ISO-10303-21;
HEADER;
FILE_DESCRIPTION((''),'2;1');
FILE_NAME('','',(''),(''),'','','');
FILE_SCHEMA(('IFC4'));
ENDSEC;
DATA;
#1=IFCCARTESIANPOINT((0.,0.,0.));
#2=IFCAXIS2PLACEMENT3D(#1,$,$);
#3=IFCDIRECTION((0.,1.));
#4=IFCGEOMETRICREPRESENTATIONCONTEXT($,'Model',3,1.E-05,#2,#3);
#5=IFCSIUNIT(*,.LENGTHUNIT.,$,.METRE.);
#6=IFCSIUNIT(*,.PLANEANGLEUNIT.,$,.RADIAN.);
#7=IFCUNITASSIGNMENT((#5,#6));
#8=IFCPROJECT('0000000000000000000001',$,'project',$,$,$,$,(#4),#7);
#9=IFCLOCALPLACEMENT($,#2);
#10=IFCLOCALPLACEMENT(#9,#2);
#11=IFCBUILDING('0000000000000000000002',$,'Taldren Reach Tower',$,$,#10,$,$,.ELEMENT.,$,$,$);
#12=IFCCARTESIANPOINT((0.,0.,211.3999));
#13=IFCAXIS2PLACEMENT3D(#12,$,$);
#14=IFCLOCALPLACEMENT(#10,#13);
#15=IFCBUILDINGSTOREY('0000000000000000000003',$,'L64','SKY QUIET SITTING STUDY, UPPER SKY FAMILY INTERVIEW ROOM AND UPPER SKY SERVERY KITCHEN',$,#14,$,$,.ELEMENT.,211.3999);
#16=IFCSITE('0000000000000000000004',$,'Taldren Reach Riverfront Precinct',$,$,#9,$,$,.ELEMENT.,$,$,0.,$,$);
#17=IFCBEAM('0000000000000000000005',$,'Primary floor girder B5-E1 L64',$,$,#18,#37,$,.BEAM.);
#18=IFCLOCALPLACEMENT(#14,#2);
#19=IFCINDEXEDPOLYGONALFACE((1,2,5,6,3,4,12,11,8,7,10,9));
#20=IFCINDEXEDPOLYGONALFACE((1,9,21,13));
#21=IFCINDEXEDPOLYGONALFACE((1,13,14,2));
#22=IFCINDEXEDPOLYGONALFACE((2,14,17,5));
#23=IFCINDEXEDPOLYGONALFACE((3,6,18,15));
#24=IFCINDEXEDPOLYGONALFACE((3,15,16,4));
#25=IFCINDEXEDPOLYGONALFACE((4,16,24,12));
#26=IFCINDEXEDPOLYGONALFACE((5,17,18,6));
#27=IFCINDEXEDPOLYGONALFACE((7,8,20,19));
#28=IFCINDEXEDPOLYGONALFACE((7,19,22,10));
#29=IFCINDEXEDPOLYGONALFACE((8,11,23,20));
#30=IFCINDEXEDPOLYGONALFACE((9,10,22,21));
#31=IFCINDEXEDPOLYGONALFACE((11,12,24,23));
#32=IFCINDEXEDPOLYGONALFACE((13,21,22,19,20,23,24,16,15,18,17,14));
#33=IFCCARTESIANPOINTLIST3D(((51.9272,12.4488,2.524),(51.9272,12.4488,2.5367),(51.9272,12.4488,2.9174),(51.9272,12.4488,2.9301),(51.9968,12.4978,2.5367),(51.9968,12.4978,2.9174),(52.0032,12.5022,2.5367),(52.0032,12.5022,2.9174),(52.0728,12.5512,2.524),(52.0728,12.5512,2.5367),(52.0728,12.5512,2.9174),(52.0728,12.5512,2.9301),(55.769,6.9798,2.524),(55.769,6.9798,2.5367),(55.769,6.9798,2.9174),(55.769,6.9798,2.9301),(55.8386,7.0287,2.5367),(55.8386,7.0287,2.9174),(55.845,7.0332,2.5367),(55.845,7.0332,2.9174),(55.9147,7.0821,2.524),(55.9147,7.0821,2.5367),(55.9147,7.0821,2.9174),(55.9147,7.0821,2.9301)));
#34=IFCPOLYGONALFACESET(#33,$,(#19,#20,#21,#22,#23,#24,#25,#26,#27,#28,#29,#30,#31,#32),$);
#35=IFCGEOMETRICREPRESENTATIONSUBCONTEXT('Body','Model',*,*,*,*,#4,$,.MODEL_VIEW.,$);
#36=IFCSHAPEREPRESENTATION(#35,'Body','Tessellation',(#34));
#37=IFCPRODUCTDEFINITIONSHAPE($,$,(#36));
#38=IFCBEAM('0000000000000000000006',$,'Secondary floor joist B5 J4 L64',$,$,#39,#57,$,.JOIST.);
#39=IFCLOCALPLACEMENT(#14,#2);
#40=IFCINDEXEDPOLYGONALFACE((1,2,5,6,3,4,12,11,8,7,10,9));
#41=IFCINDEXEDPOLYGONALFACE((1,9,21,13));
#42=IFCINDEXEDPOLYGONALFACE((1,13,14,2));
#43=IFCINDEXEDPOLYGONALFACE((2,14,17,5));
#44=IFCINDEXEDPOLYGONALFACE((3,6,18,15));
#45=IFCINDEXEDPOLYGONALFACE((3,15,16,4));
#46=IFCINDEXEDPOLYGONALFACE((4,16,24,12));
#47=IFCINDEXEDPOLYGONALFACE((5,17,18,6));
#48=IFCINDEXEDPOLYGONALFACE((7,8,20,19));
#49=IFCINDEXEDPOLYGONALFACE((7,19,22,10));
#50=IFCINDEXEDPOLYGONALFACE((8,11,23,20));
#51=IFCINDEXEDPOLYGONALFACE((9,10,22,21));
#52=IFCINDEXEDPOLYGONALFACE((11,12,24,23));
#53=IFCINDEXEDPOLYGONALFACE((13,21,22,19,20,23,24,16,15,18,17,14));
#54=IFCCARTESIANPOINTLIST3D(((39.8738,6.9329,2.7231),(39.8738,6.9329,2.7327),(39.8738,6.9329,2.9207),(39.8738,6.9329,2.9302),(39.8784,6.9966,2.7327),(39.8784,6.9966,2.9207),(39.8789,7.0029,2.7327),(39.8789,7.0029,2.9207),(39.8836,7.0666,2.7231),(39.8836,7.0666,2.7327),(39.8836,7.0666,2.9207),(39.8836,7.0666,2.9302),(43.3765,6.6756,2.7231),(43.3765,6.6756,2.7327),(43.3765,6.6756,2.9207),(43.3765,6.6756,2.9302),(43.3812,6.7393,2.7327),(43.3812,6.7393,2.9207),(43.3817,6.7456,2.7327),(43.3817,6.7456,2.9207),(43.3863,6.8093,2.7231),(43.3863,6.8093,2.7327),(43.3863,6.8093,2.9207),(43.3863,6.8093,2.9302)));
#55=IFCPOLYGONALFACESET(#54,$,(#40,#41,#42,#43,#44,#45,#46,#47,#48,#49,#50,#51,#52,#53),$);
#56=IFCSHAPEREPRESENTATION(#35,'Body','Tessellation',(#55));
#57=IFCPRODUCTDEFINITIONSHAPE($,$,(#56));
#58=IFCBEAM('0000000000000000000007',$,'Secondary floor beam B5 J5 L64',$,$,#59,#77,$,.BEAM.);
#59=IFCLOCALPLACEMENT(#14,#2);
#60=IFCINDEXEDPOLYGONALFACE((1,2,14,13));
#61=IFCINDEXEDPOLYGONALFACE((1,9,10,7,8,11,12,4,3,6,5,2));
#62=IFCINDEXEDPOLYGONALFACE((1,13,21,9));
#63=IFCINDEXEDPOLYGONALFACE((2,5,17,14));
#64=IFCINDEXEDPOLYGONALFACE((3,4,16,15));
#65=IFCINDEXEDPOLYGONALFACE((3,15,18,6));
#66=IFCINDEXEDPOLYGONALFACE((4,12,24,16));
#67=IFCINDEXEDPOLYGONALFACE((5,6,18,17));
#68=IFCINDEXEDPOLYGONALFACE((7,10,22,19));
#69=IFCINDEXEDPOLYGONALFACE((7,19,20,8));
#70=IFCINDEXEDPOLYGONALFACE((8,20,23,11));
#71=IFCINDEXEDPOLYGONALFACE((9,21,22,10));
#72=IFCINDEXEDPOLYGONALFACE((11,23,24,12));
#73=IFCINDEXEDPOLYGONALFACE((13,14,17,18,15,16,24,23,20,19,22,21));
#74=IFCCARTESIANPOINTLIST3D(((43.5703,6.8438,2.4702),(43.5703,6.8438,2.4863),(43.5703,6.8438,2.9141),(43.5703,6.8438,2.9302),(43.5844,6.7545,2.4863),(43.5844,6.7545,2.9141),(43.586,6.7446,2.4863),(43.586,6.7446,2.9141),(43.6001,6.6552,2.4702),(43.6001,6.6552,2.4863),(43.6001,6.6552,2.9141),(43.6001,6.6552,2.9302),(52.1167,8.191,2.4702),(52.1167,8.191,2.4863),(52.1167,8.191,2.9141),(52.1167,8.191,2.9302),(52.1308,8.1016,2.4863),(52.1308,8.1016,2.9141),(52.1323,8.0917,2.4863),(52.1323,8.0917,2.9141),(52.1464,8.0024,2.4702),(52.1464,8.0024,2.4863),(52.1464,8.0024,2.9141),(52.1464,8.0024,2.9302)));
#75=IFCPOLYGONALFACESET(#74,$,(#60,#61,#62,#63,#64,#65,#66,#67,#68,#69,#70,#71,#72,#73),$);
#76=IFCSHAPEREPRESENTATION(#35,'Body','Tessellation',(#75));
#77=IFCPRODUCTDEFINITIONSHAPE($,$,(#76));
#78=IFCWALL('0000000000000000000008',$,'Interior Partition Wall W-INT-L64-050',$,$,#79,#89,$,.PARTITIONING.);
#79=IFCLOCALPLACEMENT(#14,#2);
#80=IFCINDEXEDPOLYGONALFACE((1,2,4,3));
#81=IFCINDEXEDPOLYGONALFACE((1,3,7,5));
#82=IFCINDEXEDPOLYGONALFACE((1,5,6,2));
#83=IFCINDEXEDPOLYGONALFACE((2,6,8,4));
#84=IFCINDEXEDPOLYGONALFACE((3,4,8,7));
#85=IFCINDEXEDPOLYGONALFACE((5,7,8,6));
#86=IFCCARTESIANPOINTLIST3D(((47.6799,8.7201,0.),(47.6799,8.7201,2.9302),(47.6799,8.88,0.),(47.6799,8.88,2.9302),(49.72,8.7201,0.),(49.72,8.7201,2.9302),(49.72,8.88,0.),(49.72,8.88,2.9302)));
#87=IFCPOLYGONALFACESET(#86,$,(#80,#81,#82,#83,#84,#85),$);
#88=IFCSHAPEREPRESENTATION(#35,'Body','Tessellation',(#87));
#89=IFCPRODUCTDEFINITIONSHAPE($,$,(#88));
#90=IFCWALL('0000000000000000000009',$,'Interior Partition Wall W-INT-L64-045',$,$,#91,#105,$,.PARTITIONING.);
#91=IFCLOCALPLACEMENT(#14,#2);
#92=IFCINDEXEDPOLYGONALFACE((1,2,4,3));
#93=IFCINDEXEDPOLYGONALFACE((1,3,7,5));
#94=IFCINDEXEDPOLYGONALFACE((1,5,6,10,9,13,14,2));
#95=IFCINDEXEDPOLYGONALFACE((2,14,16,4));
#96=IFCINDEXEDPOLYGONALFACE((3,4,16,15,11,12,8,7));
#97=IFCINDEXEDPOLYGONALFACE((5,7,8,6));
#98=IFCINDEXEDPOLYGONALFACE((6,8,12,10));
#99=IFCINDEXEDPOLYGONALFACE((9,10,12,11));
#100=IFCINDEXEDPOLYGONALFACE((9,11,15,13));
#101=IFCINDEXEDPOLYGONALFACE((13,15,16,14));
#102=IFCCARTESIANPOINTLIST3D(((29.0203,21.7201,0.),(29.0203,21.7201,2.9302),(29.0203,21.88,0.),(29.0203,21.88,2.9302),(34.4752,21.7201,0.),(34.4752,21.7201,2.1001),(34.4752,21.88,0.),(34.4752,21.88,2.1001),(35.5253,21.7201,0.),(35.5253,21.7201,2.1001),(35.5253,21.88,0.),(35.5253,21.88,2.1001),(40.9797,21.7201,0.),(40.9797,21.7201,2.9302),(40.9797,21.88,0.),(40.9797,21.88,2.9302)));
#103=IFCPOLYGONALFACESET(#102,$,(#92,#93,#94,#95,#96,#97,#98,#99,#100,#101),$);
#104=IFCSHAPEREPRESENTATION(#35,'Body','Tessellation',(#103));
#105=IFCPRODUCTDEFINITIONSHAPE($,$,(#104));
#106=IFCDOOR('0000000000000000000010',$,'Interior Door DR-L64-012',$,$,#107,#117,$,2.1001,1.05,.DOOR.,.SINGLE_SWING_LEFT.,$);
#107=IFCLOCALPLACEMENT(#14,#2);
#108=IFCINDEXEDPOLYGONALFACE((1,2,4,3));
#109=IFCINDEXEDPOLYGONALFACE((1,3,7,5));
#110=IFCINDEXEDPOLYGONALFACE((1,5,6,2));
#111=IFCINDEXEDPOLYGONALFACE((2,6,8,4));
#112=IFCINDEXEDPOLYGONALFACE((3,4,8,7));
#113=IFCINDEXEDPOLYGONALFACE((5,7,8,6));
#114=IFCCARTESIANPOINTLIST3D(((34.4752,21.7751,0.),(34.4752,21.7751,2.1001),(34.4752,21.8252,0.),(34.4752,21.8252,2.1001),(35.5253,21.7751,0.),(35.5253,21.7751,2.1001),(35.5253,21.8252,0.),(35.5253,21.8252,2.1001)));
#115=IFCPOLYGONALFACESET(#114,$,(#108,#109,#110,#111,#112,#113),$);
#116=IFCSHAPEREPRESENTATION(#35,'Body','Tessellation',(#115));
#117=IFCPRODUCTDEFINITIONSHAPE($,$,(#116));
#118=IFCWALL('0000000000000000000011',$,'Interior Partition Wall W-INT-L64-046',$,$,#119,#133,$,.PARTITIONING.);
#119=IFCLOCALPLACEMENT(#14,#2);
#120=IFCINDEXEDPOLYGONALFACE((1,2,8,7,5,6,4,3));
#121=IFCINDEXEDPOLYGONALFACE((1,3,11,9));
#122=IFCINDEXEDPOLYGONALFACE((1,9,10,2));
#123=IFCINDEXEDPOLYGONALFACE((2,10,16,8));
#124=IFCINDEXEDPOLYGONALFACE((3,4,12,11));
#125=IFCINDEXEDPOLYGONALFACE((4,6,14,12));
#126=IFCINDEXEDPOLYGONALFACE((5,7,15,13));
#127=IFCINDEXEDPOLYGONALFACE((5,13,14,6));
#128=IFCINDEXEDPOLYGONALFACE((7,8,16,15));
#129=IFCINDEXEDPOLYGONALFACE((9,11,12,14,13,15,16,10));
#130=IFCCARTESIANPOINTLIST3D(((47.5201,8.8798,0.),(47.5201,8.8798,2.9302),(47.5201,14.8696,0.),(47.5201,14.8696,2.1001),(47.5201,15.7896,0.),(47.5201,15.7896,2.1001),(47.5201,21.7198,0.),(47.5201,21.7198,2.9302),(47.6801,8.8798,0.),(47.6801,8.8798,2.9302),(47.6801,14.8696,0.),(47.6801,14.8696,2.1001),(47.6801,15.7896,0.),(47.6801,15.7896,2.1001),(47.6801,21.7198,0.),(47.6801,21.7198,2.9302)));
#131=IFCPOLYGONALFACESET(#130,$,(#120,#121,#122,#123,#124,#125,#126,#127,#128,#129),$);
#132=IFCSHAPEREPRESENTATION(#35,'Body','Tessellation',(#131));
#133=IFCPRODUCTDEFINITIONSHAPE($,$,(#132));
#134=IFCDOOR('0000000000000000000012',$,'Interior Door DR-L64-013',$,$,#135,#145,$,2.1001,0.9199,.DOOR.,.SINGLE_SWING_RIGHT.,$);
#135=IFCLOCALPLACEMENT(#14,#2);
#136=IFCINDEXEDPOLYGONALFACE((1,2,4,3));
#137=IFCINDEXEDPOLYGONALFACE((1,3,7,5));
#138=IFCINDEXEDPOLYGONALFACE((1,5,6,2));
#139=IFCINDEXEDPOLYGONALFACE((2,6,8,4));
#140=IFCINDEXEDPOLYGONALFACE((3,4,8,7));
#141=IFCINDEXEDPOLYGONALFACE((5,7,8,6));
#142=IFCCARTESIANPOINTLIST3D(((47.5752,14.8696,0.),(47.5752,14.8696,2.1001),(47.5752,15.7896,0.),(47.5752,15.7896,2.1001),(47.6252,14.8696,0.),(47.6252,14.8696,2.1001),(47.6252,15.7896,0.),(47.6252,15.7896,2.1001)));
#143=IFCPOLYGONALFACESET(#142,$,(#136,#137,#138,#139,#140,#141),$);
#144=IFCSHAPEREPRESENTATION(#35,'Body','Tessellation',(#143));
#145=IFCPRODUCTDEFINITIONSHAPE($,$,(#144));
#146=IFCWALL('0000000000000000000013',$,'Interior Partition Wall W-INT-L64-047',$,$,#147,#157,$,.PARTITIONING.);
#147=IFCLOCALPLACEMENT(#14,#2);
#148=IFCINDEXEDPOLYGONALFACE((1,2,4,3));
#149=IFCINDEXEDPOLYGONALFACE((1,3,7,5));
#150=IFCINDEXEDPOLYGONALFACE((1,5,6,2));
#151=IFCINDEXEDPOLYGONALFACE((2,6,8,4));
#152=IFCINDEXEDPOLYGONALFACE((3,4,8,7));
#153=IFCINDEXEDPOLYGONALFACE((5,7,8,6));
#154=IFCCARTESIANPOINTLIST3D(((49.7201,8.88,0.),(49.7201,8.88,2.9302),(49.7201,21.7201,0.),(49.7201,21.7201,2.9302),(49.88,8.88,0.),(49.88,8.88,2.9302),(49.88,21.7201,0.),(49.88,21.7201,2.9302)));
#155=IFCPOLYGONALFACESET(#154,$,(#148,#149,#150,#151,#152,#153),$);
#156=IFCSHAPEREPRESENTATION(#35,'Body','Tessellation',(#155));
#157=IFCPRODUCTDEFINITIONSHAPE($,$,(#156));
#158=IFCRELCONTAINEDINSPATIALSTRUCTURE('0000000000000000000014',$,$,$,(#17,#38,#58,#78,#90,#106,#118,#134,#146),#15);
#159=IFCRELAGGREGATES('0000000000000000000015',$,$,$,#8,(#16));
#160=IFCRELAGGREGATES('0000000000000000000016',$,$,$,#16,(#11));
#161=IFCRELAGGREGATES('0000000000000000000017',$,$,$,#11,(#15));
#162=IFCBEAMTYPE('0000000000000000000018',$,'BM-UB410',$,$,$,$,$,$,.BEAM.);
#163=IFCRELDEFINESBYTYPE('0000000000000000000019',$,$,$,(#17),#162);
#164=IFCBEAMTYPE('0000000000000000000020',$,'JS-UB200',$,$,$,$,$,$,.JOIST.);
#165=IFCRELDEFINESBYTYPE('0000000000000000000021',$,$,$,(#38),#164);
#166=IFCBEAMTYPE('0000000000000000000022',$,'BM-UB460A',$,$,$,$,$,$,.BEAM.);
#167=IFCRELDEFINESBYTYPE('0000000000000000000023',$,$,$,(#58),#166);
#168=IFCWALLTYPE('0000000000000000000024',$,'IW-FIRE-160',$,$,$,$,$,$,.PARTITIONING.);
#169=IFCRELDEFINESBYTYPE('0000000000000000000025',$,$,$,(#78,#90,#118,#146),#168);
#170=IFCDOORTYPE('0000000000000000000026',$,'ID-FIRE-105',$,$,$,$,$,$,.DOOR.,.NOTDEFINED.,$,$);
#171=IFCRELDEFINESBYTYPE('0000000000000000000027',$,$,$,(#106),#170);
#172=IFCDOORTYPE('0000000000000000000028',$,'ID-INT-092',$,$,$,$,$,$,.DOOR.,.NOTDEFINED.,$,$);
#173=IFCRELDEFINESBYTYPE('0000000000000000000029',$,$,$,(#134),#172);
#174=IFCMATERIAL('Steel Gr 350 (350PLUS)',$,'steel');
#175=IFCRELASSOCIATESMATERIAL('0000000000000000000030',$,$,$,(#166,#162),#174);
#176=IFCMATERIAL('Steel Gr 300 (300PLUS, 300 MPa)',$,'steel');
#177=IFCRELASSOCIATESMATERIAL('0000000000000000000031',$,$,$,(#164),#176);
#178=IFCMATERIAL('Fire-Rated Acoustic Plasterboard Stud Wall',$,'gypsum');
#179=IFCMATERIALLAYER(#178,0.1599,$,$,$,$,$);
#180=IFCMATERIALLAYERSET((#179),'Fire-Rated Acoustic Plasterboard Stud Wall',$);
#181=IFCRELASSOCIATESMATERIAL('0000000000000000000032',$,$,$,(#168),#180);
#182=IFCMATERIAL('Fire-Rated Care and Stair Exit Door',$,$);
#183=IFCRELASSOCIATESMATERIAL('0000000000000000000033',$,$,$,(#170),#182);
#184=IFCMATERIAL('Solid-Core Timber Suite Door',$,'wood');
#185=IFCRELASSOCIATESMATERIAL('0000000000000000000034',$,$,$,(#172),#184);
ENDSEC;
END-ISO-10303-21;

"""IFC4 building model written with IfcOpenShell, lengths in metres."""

from ifc_helpers import new_model, si_unit, direction, frame, frame_2d, origin, origin_2d, place, context, subcontext, project, spatial, rectangle, i_section, extrude, source, transform, mapped, material, layer, layer_set, material_profile, profile_set, type_object, element, fill, save


model = new_model("IFC4")

# Units and contexts
model_context = context("Model", 3, precision=1e-05, world=origin(), true_north=direction((0.0, 1.0)))
body_context = subcontext(model_context, "Body", "Model", "MODEL_VIEW")
ifc_project = project(units=[si_unit("LENGTHUNIT", "METRE"), si_unit("PLANEANGLEUNIT", "RADIAN")], contexts=[model_context])

# Site, building, storey
site_placement = place(None, origin())
site = spatial("IfcSite", under=ifc_project, at=site_placement, Name="Taldren Reach Riverfront Precinct", CompositionType="ELEMENT", RefElevation=0.0)
building_placement = place(site_placement, origin())
building = spatial("IfcBuilding", under=site, at=building_placement, Name="Taldren Reach Tower", CompositionType="ELEMENT")
storey_placement = place(building_placement, frame((0.0, 0.0, 211.3999)))
storey = spatial("IfcBuildingStorey", under=building, at=storey_placement, Name="L64", Description="SKY QUIET SITTING STUDY, UPPER SKY FAMILY INTERVIEW ROOM AND UPPER SKY SERVERY KITCHEN", CompositionType="ELEMENT", Elevation=211.3999)

# Shared definitions
ifc_material_1 = material(Name="Steel Gr 350 (350PLUS)", Category="steel")

# Shared definitions
ifc_material_profile_1 = material_profile(ifc_material_1, i_section(OverallWidth=0.1909, OverallDepth=0.46, WebThickness=0.01, FlangeThickness=0.0161, at=origin_2d()), Name="460UB82.1")
ifc_profile_set_1 = profile_set([ifc_material_profile_1], Name="Steel Gr 350 (350PLUS)")
beam_type_1 = type_object("IfcBeamType", Name="BM-UB460A", PredefinedType="BEAM", material=ifc_profile_set_1)

# Beams
ifc_material_profile_2 = material_profile(ifc_material_1, i_section(OverallWidth=0.178, OverallDepth=0.406, WebThickness=0.0078, FlangeThickness=0.0127, at=origin_2d()), Name="410UB59.7")
ifc_profile_set_2 = profile_set([ifc_material_profile_2], Name="Steel Gr 350 (350PLUS)")
beam_type_2 = type_object("IfcBeamType", Name="BM-UB410", PredefinedType="BEAM", material=ifc_profile_set_2)
shared_shape_1 = source(origin(), body_context, "Body", "SweptSolid", [
    extrude(i_section(OverallWidth=0.178, OverallDepth=0.406, WebThickness=0.0078, FlangeThickness=0.0127, at=origin_2d()), origin(), (0.0, 0.0, 1.0), 6.6836),
])
beam_1_placement = place(storey_placement, frame((52.0, 12.5, 2.7271), z_axis=(0.574817, -0.818282, 0.0), x_axis=(0.818282, 0.574817, 0.0)))
element("IfcBeam", 1, at=beam_1_placement, inside=storey, type_object=beam_type_2, Name="Primary floor girder B5-E1 L64", PredefinedType="BEAM", context=body_context, shape_type="MappedRepresentation", body=[
    mapped(shared_shape_1, transform((0.0, 0.0, 0.0), scale=1.0)),
])
ifc_material_2 = material(Name="Steel Gr 300 (300PLUS, 300 MPa)", Category="steel")
ifc_material_profile_3 = material_profile(ifc_material_2, i_section(OverallWidth=0.134, OverallDepth=0.207, WebThickness=0.0063, FlangeThickness=0.0095, at=origin_2d()), Name="200UB29.8")
ifc_profile_set_3 = profile_set([ifc_material_profile_3], Name="Steel Gr 300 (300PLUS, 300 MPa)")
beam_type_3 = type_object("IfcBeamType", Name="JS-UB200", PredefinedType="JOIST", material=ifc_profile_set_3)
shared_shape_2 = source(origin(), body_context, "Body", "SweptSolid", [
    extrude(i_section(OverallWidth=0.134, OverallDepth=0.207, WebThickness=0.0063, FlangeThickness=0.0095, at=origin_2d()), origin(), (0.0, 0.0, 1.0), 3.5122),
])
beam_2_placement = place(storey_placement, frame((39.8787, 6.9998, 2.8267), z_axis=(0.997312, -0.073267, 0.0), x_axis=(0.073267, 0.997312, 0.0)))
element("IfcBeam", 2, at=beam_2_placement, inside=storey, type_object=beam_type_3, Name="Secondary floor joist B5 J4 L64", PredefinedType="JOIST", context=body_context, shape_type="MappedRepresentation", body=[
    mapped(shared_shape_2, transform((0.0, 0.0, 0.0), scale=1.0)),
])
shared_shape_3 = source(origin(), body_context, "Body", "SweptSolid", [
    extrude(i_section(OverallWidth=0.1909, OverallDepth=0.46, WebThickness=0.01, FlangeThickness=0.0161, at=origin_2d()), origin(), (0.0, 0.0, 1.0), 8.6519),
])
beam_3_placement = place(storey_placement, frame((43.5852, 6.7495, 2.7002), z_axis=(0.987803, 0.155708, 0.0), x_axis=(-0.155708, 0.987803, 0.0)))
element("IfcBeam", 3, at=beam_3_placement, inside=storey, type_object=beam_type_1, Name="Secondary floor beam B5 J5 L64", PredefinedType="BEAM", context=body_context, shape_type="MappedRepresentation", body=[
    mapped(shared_shape_3, transform((0.0, 0.0, 0.0), scale=1.0)),
])

# Wall
ifc_material_3 = material(Name="Fire-Rated Acoustic Plasterboard Stud Wall", Category="gypsum")
ifc_layer_1 = layer(ifc_material_3, 0.1599)
ifc_layer_set_1 = layer_set([ifc_layer_1], Name="Fire-Rated Acoustic Plasterboard Stud Wall")
wall_type_1 = type_object("IfcWallType", Name="IW-FIRE-160", PredefinedType="PARTITIONING", material=ifc_layer_set_1)
shared_shape_4 = source(origin(), body_context, "Body", "SweptSolid", [
    extrude(rectangle(XDim=2.04, YDim=0.1599, at=frame_2d((1.02, 0.0))), origin(), (0.0, 0.0, 1.0), 2.9302),
])
wall_1_placement = place(storey_placement, frame((49.72, 8.8, 0.0), z_axis=(0.0, 0.0, 1.0), x_axis=(-1.0, 0.0, 0.0)))
element("IfcWall", 4, at=wall_1_placement, inside=storey, type_object=wall_type_1, Name="Interior Partition Wall W-INT-L64-050", PredefinedType="PARTITIONING", context=body_context, shape_type="MappedRepresentation", body=[
    mapped(shared_shape_4, transform((0.0, 0.0, 0.0), scale=1.0)),
])

# Walls, openings, doors
shared_shape_5 = source(origin(), body_context, "Body", "SweptSolid", [
    extrude(rectangle(XDim=11.9595, YDim=0.1599, at=frame_2d((5.9797, 0.0))), origin(), (0.0, 0.0, 1.0), 2.9302),
])
wall_2_placement = place(storey_placement, frame((40.9797, 21.8, 0.0), z_axis=(0.0, 0.0, 1.0), x_axis=(-1.0, 0.0, 0.0)))
wall_2 = element("IfcWall", 5, at=wall_2_placement, inside=storey, type_object=wall_type_1, Name="Interior Partition Wall W-INT-L64-045", PredefinedType="PARTITIONING", context=body_context, shape_type="MappedRepresentation", body=[
    mapped(shared_shape_5, transform((0.0, 0.0, 0.0), scale=1.0)),
])
shared_shape_6 = source(origin(), body_context, "Body", "SweptSolid", [
    extrude(rectangle(XDim=1.05, YDim=2.1001, at=frame_2d((0.5249, 1.05))), frame((0.0, 0.0898, 0.0), z_axis=(0.0, -1.0, 0.0), x_axis=(1.0, 0.0, 0.0)), (0.0, 0.0, 1.0), 0.1799),
])
opening_1_placement = place(wall_2_placement, frame((5.4546, 0.0, 0.0)))
opening_1 = element("IfcOpeningElement", 6, at=opening_1_placement, cuts=wall_2, PredefinedType="OPENING", context=body_context, shape_type="MappedRepresentation", body=[
    mapped(shared_shape_6, transform((0.0, 0.0, 0.0), scale=1.0)),
])
ifc_material_4 = material(Name="Fire-Rated Care and Stair Exit Door")
door_type_1 = type_object("IfcDoorType", Name="ID-FIRE-105", OperationType="NOTDEFINED", PredefinedType="DOOR", material=ifc_material_4)
shared_shape_7 = source(origin(), body_context, "Body", "SweptSolid", [
    extrude(rectangle(XDim=1.05, YDim=2.1001, at=frame_2d((0.5249, 1.05))), frame((0.0, 0.0249, 0.0), z_axis=(0.0, -1.0, 0.0), x_axis=(1.0, 0.0, 0.0)), (0.0, 0.0, 1.0), 0.05),
])
door_1_placement = place(opening_1_placement, origin())
door_1 = element("IfcDoor", 7, at=door_1_placement, inside=storey, type_object=door_type_1, Name="Interior Door DR-L64-012", OperationType="SINGLE_SWING_LEFT", OverallHeight=2.1001, OverallWidth=1.05, PredefinedType="DOOR", context=body_context, shape_type="MappedRepresentation", body=[
    mapped(shared_shape_7, transform((0.0, 0.0, 0.0), scale=1.0)),
])
fill(opening_1, door_1)
shared_shape_8 = source(origin(), body_context, "Body", "SweptSolid", [
    extrude(rectangle(XDim=12.8401, YDim=0.1599, at=frame_2d((6.4199, 0.0))), origin(), (0.0, 0.0, 1.0), 2.9302),
])
wall_3_placement = place(storey_placement, frame((47.6001, 8.8799, 0.0), z_axis=(0.0, 0.0, 1.0), x_axis=(0.0, 1.0, 0.0)))
wall_3 = element("IfcWall", 8, at=wall_3_placement, inside=storey, type_object=wall_type_1, Name="Interior Partition Wall W-INT-L64-046", PredefinedType="PARTITIONING", context=body_context, shape_type="MappedRepresentation", body=[
    mapped(shared_shape_8, transform((0.0, 0.0, 0.0), scale=1.0)),
])
shared_shape_9 = source(origin(), body_context, "Body", "SweptSolid", [
    extrude(rectangle(XDim=0.9199, YDim=2.1001, at=frame_2d((0.46, 1.05))), frame((0.0, 0.0898, 0.0), z_axis=(0.0, -1.0, 0.0), x_axis=(1.0, 0.0, 0.0)), (0.0, 0.0, 1.0), 0.1799),
])
opening_2_placement = place(wall_3_placement, frame((5.9897, 0.0, 0.0)))
opening_2 = element("IfcOpeningElement", 9, at=opening_2_placement, cuts=wall_3, PredefinedType="OPENING", context=body_context, shape_type="MappedRepresentation", body=[
    mapped(shared_shape_9, transform((0.0, 0.0, 0.0), scale=1.0)),
])
ifc_material_5 = material(Name="Solid-Core Timber Suite Door", Category="wood")
door_type_2 = type_object("IfcDoorType", Name="ID-INT-092", OperationType="NOTDEFINED", PredefinedType="DOOR", material=ifc_material_5)
shared_shape_10 = source(origin(), body_context, "Body", "SweptSolid", [
    extrude(rectangle(XDim=0.9199, YDim=2.1001, at=frame_2d((0.46, 1.05))), frame((0.0, 0.0249, 0.0), z_axis=(0.0, -1.0, 0.0), x_axis=(1.0, 0.0, 0.0)), (0.0, 0.0, 1.0), 0.05),
])
door_2_placement = place(opening_2_placement, origin())
door_2 = element("IfcDoor", 10, at=door_2_placement, inside=storey, type_object=door_type_2, Name="Interior Door DR-L64-013", OperationType="SINGLE_SWING_RIGHT", OverallHeight=2.1001, OverallWidth=0.9199, PredefinedType="DOOR", context=body_context, shape_type="MappedRepresentation", body=[
    mapped(shared_shape_10, transform((0.0, 0.0, 0.0), scale=1.0)),
])
fill(opening_2, door_2)

# Wall
wall_4_placement = place(storey_placement, frame((49.8, 21.72, 0.0), z_axis=(0.0, 0.0, 1.0), x_axis=(0.0, -1.0, 0.0)))
element("IfcWall", 11, at=wall_4_placement, inside=storey, type_object=wall_type_1, Name="Interior Partition Wall W-INT-L64-047", PredefinedType="PARTITIONING", context=body_context, shape_type="MappedRepresentation", body=[
    mapped(shared_shape_8, transform((0.0, 0.0, 0.0), scale=1.0)),
])

save(model, "model.ifc")
